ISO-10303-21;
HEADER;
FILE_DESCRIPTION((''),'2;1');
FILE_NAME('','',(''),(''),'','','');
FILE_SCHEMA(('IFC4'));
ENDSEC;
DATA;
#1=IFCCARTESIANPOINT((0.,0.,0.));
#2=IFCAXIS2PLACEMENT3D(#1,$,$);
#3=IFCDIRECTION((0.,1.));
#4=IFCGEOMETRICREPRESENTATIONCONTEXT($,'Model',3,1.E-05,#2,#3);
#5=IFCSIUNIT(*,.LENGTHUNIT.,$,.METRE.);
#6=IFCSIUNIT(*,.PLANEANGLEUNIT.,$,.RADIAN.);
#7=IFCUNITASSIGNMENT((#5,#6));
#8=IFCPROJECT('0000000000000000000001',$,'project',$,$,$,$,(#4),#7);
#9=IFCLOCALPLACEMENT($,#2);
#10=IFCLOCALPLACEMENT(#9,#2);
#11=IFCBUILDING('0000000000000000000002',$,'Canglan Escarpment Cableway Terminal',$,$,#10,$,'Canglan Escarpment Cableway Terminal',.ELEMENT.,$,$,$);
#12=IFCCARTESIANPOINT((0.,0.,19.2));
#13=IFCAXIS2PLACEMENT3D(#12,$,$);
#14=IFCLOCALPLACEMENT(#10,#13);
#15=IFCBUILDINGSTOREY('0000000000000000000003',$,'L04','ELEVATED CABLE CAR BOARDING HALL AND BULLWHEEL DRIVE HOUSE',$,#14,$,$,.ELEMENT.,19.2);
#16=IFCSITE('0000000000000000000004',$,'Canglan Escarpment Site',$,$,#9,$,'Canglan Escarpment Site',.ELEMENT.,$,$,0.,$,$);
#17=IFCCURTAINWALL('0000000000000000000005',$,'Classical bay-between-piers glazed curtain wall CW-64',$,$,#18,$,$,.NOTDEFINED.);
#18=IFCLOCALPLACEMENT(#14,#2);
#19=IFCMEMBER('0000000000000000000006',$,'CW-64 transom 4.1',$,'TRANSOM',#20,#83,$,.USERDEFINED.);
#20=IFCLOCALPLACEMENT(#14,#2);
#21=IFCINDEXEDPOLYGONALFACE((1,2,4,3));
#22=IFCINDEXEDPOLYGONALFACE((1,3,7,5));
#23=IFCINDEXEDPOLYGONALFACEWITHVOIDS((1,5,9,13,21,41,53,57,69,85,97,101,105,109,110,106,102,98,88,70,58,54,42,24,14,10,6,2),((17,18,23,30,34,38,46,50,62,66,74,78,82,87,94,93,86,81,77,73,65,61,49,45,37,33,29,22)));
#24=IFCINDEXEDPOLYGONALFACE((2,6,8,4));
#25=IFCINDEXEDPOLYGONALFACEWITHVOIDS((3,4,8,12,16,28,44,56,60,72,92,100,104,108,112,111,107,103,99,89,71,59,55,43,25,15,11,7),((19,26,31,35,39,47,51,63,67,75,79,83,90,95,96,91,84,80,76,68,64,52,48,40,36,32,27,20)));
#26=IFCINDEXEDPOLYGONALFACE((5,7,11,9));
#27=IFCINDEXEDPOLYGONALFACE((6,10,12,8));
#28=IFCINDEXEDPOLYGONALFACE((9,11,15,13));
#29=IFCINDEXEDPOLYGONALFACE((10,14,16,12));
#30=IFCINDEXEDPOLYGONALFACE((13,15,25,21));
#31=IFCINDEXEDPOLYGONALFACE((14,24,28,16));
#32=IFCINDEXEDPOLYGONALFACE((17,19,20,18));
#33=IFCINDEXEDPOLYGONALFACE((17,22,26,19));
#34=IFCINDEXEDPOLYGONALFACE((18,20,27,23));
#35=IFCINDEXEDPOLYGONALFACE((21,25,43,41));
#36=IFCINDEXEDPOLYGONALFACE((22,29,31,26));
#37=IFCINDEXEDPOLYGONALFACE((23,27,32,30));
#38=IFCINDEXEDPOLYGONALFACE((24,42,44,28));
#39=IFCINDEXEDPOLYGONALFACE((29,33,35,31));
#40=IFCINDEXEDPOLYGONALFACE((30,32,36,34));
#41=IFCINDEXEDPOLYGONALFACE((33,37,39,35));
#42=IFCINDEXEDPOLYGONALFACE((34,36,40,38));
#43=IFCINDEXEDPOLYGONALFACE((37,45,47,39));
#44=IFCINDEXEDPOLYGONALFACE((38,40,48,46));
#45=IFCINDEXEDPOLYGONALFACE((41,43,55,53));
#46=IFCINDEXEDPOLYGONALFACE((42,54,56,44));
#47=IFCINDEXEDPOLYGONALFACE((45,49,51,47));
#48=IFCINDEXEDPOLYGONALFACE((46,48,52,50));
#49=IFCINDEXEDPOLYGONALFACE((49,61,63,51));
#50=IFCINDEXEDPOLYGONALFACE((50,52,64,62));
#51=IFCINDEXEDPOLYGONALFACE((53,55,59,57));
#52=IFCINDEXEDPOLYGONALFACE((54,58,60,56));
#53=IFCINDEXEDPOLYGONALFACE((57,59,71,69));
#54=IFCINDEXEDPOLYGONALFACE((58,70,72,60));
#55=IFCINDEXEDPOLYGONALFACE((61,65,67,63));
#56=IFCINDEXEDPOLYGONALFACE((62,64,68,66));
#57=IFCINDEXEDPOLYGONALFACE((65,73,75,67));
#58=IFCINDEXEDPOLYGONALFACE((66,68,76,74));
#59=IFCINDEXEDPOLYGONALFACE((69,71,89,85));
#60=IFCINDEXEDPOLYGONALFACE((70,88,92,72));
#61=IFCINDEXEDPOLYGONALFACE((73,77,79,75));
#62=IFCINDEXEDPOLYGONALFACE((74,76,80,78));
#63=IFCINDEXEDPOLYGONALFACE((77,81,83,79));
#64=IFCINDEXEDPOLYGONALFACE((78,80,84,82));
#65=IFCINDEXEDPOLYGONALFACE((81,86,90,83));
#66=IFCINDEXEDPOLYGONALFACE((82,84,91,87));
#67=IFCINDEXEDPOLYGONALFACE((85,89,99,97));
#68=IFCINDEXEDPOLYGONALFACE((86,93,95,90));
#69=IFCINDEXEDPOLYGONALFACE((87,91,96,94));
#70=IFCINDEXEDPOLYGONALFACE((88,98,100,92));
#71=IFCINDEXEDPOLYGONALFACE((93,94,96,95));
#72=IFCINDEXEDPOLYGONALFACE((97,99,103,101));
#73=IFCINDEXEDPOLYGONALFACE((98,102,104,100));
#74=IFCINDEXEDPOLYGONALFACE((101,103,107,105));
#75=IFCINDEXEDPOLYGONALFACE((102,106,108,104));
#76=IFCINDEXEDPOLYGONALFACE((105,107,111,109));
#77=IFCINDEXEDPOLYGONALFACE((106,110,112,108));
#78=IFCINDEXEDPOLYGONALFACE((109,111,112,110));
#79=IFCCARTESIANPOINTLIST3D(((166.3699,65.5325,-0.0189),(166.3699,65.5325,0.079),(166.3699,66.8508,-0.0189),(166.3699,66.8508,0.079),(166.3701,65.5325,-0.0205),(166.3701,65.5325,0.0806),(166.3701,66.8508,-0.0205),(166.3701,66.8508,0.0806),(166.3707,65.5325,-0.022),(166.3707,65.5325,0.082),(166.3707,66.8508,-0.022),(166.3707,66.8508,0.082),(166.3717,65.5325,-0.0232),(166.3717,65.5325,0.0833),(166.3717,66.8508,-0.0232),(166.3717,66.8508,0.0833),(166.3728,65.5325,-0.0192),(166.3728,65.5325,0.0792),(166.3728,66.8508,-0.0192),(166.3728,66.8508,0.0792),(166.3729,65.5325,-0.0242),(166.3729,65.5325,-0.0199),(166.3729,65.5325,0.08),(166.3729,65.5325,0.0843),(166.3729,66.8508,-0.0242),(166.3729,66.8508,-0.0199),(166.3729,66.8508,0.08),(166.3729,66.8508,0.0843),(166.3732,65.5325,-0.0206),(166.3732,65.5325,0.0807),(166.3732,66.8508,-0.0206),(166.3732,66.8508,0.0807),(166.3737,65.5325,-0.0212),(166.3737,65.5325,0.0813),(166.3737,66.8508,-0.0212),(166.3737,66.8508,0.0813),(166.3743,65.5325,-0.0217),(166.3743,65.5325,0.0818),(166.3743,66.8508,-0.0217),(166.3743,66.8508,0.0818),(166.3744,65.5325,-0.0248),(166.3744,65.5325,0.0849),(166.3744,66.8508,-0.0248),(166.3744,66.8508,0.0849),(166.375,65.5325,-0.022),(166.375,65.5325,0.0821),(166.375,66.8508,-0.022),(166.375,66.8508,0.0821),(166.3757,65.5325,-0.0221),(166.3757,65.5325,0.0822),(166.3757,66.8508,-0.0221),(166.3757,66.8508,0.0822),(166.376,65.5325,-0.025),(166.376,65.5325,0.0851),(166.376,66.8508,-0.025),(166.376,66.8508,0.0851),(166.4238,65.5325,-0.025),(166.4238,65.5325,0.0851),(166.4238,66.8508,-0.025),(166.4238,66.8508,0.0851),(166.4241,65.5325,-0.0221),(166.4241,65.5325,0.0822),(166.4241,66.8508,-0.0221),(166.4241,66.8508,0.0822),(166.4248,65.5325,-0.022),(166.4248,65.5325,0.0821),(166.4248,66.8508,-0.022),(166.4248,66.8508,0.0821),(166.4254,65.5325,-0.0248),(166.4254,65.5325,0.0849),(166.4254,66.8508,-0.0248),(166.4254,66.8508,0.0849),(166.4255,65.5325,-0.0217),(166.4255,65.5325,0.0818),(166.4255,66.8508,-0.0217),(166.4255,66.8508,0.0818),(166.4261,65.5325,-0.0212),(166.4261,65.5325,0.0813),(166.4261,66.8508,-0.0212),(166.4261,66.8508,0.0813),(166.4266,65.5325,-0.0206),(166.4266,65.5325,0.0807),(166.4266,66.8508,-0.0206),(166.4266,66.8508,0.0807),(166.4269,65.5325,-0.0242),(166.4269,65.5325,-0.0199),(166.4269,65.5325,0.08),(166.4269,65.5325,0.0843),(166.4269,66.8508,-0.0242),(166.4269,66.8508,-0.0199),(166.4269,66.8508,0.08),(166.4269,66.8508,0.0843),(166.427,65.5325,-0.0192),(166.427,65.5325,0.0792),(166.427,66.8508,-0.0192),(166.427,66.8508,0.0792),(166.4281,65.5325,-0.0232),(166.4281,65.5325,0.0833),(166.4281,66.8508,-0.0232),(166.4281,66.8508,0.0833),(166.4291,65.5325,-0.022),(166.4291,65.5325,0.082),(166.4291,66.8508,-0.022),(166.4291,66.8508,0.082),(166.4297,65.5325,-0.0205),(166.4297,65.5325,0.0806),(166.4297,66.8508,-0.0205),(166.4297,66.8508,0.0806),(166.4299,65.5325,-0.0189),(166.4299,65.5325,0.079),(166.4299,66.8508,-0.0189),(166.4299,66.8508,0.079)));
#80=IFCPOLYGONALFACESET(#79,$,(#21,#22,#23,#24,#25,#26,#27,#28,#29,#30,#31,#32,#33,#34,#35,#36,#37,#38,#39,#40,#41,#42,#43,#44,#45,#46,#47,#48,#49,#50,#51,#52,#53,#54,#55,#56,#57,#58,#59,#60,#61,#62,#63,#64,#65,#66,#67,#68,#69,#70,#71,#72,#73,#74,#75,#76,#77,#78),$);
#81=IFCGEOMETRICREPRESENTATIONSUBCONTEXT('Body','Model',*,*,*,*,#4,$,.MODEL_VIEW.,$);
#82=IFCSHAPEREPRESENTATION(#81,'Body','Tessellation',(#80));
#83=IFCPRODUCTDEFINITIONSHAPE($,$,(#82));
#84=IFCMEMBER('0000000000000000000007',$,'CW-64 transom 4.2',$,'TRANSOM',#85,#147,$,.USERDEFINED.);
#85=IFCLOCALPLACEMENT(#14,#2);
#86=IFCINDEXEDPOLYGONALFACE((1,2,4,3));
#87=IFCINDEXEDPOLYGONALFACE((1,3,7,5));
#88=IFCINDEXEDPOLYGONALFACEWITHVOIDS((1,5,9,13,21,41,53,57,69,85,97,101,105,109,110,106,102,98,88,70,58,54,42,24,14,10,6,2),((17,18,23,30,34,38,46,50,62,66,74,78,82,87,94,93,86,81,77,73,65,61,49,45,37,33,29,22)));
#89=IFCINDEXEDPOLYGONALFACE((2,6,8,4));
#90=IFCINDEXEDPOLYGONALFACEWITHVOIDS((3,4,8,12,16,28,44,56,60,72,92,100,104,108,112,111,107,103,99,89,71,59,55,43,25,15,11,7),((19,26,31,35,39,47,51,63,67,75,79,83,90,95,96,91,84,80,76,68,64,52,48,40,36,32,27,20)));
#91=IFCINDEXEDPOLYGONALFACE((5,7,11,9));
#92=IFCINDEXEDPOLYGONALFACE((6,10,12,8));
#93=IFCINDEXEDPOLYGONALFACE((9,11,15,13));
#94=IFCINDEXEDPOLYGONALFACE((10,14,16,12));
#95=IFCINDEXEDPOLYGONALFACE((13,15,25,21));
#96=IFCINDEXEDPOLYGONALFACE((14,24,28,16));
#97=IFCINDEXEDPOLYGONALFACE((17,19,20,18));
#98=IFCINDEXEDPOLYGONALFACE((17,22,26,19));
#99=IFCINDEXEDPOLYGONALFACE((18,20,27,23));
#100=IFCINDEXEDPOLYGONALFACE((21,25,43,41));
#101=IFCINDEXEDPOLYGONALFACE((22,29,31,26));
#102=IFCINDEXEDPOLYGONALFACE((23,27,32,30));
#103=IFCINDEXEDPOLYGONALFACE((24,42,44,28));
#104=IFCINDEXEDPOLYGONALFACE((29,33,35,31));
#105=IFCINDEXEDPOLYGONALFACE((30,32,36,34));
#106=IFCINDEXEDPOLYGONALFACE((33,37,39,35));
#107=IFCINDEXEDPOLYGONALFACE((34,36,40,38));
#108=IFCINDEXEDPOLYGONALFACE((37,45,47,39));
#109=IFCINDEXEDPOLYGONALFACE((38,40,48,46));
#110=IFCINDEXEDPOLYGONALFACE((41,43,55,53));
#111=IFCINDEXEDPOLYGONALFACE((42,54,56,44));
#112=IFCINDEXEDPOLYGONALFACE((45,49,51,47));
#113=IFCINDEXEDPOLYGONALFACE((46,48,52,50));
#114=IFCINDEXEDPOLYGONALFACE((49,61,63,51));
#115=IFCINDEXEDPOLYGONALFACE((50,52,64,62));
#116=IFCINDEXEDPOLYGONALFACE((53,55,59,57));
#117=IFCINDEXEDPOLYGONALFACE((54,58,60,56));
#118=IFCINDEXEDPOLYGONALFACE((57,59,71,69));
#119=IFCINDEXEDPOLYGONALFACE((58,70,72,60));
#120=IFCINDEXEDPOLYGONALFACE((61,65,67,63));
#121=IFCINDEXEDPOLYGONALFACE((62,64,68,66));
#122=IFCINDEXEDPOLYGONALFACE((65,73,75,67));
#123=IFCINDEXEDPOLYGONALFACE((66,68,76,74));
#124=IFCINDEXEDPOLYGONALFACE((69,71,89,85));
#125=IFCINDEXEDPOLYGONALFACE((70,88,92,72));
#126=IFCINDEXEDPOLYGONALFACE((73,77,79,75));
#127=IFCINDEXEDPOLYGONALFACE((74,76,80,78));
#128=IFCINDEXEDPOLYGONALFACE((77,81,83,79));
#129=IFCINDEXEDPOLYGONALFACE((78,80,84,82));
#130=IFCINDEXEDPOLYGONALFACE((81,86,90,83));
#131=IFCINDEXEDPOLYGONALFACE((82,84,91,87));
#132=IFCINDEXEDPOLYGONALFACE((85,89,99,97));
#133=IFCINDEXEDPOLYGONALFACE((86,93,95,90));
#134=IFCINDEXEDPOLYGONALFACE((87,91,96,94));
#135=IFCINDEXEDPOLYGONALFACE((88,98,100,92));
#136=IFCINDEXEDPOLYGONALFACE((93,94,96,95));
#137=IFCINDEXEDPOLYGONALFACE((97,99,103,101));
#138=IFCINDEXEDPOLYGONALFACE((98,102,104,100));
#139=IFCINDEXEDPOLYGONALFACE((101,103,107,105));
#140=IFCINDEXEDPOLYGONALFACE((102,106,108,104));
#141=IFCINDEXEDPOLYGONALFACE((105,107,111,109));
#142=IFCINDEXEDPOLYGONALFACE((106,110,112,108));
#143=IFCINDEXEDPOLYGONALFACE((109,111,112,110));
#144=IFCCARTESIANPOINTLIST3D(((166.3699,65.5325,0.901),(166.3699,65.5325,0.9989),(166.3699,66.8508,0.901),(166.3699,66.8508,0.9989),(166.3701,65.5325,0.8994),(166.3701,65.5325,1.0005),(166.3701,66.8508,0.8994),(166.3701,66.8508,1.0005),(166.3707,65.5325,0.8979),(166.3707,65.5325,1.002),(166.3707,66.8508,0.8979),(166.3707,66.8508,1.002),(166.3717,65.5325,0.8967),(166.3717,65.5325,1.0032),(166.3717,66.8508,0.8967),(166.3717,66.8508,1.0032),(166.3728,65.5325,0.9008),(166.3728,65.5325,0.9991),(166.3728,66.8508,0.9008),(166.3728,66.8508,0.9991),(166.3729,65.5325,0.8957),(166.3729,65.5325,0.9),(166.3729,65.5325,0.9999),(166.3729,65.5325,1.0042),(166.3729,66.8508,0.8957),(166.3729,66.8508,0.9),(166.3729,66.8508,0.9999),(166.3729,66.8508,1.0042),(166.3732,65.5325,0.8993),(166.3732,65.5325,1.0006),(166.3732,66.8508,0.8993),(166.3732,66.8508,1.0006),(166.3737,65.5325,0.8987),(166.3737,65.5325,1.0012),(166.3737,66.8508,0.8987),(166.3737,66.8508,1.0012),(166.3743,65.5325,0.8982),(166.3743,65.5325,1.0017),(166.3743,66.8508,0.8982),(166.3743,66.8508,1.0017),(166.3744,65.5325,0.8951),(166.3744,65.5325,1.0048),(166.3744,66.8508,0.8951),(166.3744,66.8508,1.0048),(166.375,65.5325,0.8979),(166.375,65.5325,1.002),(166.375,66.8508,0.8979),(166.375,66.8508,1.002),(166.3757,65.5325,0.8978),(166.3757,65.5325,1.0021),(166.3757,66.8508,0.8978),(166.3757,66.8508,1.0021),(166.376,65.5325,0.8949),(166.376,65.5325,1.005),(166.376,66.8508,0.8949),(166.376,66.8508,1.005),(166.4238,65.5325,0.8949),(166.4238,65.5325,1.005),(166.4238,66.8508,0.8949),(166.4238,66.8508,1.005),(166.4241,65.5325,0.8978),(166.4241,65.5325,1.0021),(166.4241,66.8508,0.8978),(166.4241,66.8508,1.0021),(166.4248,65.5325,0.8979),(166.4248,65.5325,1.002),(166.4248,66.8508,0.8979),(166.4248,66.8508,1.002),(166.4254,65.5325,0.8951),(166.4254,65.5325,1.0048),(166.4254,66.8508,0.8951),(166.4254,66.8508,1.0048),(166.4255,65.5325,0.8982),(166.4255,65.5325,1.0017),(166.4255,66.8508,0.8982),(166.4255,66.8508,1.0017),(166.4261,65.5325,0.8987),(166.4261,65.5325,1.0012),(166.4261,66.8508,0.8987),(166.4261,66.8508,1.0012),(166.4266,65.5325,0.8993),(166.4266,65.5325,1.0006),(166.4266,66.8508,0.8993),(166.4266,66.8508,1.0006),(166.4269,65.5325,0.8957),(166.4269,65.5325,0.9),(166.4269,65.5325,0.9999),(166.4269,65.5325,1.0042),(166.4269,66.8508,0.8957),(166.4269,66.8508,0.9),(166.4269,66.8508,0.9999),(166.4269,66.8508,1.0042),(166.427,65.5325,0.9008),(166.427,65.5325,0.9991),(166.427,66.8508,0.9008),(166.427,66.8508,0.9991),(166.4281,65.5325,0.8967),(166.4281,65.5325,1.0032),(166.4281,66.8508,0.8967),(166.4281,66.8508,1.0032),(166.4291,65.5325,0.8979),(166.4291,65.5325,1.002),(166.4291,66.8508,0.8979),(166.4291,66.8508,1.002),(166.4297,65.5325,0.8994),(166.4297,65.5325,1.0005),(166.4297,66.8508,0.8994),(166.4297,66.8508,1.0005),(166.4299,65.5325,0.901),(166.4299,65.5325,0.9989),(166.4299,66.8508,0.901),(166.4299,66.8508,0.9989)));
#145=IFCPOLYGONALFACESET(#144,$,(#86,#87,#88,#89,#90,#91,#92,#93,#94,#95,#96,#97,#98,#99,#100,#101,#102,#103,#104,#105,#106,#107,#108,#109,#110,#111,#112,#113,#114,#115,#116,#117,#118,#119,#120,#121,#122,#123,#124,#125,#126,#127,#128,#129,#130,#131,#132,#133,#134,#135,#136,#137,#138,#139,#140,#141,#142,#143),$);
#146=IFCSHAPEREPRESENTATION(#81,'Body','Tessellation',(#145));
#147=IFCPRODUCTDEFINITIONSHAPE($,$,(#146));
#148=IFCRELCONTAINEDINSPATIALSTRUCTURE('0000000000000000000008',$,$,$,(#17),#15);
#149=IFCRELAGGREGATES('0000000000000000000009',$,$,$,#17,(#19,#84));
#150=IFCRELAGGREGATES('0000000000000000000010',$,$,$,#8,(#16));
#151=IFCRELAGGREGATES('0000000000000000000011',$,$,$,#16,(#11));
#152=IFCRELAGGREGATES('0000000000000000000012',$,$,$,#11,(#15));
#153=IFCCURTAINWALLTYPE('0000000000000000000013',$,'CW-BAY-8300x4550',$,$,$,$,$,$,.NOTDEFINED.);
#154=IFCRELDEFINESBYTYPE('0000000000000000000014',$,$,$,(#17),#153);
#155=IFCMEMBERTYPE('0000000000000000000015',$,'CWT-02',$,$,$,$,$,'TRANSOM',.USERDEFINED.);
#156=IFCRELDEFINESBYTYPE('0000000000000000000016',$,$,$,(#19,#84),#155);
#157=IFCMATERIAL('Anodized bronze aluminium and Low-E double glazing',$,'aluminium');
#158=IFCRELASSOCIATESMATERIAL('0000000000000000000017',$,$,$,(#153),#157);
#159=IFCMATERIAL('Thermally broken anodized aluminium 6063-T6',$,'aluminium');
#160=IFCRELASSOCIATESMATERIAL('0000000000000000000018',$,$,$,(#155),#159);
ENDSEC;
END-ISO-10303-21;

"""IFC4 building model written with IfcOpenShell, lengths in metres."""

from ifc_helpers import new_model, si_unit, direction, frame, origin, origin_2d, place, context, subcontext, project, spatial, hollow_rectangle, extrude, material, material_profile, profile_set, type_object, element, aggregate, save


model = new_model("IFC4")

# Units and contexts
model_context = context("Model", 3, precision=1e-05, world=origin(), true_north=direction((0.0, 1.0)))
body_context = subcontext(model_context, "Body", "Model", "MODEL_VIEW")
ifc_project = project(units=[si_unit("LENGTHUNIT", "METRE"), si_unit("PLANEANGLEUNIT", "RADIAN")], contexts=[model_context])

# Site, building, storey
site_placement = place(None, origin())
site = spatial("IfcSite", under=ifc_project, at=site_placement, Name="Canglan Escarpment Site", LongName="Canglan Escarpment Site", CompositionType="ELEMENT", RefElevation=0.0)
building_placement = place(site_placement, origin())
building = spatial("IfcBuilding", under=site, at=building_placement, Name="Canglan Escarpment Cableway Terminal", LongName="Canglan Escarpment Cableway Terminal", CompositionType="ELEMENT")
storey_placement = place(building_placement, frame((0.0, 0.0, 19.2)))
storey = spatial("IfcBuildingStorey", under=building, at=storey_placement, Name="L04", Description="ELEVATED CABLE CAR BOARDING HALL AND BULLWHEEL DRIVE HOUSE", CompositionType="ELEMENT", Elevation=19.2)

# Curtain wall
ifc_material_1 = material(Name="Anodized bronze aluminium and Low-E double glazing", Category="aluminium")
curtain_wall_type = type_object("IfcCurtainWallType", Name="CW-BAY-8300x4550", PredefinedType="NOTDEFINED", material=ifc_material_1)
curtain_wall_1_placement = place(storey_placement, origin())
curtain_wall_1 = element("IfcCurtainWall", 1, at=curtain_wall_1_placement, inside=storey, type_object=curtain_wall_type, Name="Classical bay-between-piers glazed curtain wall CW-64", PredefinedType="NOTDEFINED")
ifc_material_2 = material(Name="Thermally broken anodized aluminium 6063-T6", Category="aluminium")

# Members
ifc_material_profile_1 = material_profile(ifc_material_2, hollow_rectangle(XDim=0.0601, YDim=0.1101, WallThickness=0.0029, InnerFilletRadius=0.0029, OuterFilletRadius=0.0061, at=origin_2d()), Name="ALU-TRAN 60x110x3")
ifc_profile_set_1 = profile_set([ifc_material_profile_1], Name="Thermally broken anodized aluminium 6063-T6")
member_type_1 = type_object("IfcMemberType", Name="CWT-02", ElementType="TRANSOM", PredefinedType="USERDEFINED", material=ifc_profile_set_1)
member_1_placement = place(storey_placement, frame((166.3999, 65.5325, 0.03), z_axis=(0.0, 1.0, 0.0), x_axis=(-1.0, 0.0, 0.0)))
member_1 = element("IfcMember", 2, at=member_1_placement, type_object=member_type_1, Name="CW-64 transom 4.1", ObjectType="TRANSOM", PredefinedType="USERDEFINED", context=body_context, shape_type="SweptSolid", body=[
    extrude(hollow_rectangle(XDim=0.0601, YDim=0.1101, WallThickness=0.0029, InnerFilletRadius=0.0029, OuterFilletRadius=0.0061, at=origin_2d()), origin(), (0.0, 0.0, 1.0), 1.3184),
])
member_2_placement = place(storey_placement, frame((166.3999, 65.5325, 0.95), z_axis=(0.0, 1.0, 0.0), x_axis=(-1.0, 0.0, 0.0)))
member_2 = element("IfcMember", 3, at=member_2_placement, type_object=member_type_1, Name="CW-64 transom 4.2", ObjectType="TRANSOM", PredefinedType="USERDEFINED", context=body_context, shape_type="SweptSolid", body=[
    extrude(hollow_rectangle(XDim=0.0601, YDim=0.1101, WallThickness=0.0029, InnerFilletRadius=0.0029, OuterFilletRadius=0.0061, at=origin_2d()), origin(), (0.0, 0.0, 1.0), 1.3184),
])

aggregate(curtain_wall_1, [member_1, member_2])

save(model, "model.ifc")
